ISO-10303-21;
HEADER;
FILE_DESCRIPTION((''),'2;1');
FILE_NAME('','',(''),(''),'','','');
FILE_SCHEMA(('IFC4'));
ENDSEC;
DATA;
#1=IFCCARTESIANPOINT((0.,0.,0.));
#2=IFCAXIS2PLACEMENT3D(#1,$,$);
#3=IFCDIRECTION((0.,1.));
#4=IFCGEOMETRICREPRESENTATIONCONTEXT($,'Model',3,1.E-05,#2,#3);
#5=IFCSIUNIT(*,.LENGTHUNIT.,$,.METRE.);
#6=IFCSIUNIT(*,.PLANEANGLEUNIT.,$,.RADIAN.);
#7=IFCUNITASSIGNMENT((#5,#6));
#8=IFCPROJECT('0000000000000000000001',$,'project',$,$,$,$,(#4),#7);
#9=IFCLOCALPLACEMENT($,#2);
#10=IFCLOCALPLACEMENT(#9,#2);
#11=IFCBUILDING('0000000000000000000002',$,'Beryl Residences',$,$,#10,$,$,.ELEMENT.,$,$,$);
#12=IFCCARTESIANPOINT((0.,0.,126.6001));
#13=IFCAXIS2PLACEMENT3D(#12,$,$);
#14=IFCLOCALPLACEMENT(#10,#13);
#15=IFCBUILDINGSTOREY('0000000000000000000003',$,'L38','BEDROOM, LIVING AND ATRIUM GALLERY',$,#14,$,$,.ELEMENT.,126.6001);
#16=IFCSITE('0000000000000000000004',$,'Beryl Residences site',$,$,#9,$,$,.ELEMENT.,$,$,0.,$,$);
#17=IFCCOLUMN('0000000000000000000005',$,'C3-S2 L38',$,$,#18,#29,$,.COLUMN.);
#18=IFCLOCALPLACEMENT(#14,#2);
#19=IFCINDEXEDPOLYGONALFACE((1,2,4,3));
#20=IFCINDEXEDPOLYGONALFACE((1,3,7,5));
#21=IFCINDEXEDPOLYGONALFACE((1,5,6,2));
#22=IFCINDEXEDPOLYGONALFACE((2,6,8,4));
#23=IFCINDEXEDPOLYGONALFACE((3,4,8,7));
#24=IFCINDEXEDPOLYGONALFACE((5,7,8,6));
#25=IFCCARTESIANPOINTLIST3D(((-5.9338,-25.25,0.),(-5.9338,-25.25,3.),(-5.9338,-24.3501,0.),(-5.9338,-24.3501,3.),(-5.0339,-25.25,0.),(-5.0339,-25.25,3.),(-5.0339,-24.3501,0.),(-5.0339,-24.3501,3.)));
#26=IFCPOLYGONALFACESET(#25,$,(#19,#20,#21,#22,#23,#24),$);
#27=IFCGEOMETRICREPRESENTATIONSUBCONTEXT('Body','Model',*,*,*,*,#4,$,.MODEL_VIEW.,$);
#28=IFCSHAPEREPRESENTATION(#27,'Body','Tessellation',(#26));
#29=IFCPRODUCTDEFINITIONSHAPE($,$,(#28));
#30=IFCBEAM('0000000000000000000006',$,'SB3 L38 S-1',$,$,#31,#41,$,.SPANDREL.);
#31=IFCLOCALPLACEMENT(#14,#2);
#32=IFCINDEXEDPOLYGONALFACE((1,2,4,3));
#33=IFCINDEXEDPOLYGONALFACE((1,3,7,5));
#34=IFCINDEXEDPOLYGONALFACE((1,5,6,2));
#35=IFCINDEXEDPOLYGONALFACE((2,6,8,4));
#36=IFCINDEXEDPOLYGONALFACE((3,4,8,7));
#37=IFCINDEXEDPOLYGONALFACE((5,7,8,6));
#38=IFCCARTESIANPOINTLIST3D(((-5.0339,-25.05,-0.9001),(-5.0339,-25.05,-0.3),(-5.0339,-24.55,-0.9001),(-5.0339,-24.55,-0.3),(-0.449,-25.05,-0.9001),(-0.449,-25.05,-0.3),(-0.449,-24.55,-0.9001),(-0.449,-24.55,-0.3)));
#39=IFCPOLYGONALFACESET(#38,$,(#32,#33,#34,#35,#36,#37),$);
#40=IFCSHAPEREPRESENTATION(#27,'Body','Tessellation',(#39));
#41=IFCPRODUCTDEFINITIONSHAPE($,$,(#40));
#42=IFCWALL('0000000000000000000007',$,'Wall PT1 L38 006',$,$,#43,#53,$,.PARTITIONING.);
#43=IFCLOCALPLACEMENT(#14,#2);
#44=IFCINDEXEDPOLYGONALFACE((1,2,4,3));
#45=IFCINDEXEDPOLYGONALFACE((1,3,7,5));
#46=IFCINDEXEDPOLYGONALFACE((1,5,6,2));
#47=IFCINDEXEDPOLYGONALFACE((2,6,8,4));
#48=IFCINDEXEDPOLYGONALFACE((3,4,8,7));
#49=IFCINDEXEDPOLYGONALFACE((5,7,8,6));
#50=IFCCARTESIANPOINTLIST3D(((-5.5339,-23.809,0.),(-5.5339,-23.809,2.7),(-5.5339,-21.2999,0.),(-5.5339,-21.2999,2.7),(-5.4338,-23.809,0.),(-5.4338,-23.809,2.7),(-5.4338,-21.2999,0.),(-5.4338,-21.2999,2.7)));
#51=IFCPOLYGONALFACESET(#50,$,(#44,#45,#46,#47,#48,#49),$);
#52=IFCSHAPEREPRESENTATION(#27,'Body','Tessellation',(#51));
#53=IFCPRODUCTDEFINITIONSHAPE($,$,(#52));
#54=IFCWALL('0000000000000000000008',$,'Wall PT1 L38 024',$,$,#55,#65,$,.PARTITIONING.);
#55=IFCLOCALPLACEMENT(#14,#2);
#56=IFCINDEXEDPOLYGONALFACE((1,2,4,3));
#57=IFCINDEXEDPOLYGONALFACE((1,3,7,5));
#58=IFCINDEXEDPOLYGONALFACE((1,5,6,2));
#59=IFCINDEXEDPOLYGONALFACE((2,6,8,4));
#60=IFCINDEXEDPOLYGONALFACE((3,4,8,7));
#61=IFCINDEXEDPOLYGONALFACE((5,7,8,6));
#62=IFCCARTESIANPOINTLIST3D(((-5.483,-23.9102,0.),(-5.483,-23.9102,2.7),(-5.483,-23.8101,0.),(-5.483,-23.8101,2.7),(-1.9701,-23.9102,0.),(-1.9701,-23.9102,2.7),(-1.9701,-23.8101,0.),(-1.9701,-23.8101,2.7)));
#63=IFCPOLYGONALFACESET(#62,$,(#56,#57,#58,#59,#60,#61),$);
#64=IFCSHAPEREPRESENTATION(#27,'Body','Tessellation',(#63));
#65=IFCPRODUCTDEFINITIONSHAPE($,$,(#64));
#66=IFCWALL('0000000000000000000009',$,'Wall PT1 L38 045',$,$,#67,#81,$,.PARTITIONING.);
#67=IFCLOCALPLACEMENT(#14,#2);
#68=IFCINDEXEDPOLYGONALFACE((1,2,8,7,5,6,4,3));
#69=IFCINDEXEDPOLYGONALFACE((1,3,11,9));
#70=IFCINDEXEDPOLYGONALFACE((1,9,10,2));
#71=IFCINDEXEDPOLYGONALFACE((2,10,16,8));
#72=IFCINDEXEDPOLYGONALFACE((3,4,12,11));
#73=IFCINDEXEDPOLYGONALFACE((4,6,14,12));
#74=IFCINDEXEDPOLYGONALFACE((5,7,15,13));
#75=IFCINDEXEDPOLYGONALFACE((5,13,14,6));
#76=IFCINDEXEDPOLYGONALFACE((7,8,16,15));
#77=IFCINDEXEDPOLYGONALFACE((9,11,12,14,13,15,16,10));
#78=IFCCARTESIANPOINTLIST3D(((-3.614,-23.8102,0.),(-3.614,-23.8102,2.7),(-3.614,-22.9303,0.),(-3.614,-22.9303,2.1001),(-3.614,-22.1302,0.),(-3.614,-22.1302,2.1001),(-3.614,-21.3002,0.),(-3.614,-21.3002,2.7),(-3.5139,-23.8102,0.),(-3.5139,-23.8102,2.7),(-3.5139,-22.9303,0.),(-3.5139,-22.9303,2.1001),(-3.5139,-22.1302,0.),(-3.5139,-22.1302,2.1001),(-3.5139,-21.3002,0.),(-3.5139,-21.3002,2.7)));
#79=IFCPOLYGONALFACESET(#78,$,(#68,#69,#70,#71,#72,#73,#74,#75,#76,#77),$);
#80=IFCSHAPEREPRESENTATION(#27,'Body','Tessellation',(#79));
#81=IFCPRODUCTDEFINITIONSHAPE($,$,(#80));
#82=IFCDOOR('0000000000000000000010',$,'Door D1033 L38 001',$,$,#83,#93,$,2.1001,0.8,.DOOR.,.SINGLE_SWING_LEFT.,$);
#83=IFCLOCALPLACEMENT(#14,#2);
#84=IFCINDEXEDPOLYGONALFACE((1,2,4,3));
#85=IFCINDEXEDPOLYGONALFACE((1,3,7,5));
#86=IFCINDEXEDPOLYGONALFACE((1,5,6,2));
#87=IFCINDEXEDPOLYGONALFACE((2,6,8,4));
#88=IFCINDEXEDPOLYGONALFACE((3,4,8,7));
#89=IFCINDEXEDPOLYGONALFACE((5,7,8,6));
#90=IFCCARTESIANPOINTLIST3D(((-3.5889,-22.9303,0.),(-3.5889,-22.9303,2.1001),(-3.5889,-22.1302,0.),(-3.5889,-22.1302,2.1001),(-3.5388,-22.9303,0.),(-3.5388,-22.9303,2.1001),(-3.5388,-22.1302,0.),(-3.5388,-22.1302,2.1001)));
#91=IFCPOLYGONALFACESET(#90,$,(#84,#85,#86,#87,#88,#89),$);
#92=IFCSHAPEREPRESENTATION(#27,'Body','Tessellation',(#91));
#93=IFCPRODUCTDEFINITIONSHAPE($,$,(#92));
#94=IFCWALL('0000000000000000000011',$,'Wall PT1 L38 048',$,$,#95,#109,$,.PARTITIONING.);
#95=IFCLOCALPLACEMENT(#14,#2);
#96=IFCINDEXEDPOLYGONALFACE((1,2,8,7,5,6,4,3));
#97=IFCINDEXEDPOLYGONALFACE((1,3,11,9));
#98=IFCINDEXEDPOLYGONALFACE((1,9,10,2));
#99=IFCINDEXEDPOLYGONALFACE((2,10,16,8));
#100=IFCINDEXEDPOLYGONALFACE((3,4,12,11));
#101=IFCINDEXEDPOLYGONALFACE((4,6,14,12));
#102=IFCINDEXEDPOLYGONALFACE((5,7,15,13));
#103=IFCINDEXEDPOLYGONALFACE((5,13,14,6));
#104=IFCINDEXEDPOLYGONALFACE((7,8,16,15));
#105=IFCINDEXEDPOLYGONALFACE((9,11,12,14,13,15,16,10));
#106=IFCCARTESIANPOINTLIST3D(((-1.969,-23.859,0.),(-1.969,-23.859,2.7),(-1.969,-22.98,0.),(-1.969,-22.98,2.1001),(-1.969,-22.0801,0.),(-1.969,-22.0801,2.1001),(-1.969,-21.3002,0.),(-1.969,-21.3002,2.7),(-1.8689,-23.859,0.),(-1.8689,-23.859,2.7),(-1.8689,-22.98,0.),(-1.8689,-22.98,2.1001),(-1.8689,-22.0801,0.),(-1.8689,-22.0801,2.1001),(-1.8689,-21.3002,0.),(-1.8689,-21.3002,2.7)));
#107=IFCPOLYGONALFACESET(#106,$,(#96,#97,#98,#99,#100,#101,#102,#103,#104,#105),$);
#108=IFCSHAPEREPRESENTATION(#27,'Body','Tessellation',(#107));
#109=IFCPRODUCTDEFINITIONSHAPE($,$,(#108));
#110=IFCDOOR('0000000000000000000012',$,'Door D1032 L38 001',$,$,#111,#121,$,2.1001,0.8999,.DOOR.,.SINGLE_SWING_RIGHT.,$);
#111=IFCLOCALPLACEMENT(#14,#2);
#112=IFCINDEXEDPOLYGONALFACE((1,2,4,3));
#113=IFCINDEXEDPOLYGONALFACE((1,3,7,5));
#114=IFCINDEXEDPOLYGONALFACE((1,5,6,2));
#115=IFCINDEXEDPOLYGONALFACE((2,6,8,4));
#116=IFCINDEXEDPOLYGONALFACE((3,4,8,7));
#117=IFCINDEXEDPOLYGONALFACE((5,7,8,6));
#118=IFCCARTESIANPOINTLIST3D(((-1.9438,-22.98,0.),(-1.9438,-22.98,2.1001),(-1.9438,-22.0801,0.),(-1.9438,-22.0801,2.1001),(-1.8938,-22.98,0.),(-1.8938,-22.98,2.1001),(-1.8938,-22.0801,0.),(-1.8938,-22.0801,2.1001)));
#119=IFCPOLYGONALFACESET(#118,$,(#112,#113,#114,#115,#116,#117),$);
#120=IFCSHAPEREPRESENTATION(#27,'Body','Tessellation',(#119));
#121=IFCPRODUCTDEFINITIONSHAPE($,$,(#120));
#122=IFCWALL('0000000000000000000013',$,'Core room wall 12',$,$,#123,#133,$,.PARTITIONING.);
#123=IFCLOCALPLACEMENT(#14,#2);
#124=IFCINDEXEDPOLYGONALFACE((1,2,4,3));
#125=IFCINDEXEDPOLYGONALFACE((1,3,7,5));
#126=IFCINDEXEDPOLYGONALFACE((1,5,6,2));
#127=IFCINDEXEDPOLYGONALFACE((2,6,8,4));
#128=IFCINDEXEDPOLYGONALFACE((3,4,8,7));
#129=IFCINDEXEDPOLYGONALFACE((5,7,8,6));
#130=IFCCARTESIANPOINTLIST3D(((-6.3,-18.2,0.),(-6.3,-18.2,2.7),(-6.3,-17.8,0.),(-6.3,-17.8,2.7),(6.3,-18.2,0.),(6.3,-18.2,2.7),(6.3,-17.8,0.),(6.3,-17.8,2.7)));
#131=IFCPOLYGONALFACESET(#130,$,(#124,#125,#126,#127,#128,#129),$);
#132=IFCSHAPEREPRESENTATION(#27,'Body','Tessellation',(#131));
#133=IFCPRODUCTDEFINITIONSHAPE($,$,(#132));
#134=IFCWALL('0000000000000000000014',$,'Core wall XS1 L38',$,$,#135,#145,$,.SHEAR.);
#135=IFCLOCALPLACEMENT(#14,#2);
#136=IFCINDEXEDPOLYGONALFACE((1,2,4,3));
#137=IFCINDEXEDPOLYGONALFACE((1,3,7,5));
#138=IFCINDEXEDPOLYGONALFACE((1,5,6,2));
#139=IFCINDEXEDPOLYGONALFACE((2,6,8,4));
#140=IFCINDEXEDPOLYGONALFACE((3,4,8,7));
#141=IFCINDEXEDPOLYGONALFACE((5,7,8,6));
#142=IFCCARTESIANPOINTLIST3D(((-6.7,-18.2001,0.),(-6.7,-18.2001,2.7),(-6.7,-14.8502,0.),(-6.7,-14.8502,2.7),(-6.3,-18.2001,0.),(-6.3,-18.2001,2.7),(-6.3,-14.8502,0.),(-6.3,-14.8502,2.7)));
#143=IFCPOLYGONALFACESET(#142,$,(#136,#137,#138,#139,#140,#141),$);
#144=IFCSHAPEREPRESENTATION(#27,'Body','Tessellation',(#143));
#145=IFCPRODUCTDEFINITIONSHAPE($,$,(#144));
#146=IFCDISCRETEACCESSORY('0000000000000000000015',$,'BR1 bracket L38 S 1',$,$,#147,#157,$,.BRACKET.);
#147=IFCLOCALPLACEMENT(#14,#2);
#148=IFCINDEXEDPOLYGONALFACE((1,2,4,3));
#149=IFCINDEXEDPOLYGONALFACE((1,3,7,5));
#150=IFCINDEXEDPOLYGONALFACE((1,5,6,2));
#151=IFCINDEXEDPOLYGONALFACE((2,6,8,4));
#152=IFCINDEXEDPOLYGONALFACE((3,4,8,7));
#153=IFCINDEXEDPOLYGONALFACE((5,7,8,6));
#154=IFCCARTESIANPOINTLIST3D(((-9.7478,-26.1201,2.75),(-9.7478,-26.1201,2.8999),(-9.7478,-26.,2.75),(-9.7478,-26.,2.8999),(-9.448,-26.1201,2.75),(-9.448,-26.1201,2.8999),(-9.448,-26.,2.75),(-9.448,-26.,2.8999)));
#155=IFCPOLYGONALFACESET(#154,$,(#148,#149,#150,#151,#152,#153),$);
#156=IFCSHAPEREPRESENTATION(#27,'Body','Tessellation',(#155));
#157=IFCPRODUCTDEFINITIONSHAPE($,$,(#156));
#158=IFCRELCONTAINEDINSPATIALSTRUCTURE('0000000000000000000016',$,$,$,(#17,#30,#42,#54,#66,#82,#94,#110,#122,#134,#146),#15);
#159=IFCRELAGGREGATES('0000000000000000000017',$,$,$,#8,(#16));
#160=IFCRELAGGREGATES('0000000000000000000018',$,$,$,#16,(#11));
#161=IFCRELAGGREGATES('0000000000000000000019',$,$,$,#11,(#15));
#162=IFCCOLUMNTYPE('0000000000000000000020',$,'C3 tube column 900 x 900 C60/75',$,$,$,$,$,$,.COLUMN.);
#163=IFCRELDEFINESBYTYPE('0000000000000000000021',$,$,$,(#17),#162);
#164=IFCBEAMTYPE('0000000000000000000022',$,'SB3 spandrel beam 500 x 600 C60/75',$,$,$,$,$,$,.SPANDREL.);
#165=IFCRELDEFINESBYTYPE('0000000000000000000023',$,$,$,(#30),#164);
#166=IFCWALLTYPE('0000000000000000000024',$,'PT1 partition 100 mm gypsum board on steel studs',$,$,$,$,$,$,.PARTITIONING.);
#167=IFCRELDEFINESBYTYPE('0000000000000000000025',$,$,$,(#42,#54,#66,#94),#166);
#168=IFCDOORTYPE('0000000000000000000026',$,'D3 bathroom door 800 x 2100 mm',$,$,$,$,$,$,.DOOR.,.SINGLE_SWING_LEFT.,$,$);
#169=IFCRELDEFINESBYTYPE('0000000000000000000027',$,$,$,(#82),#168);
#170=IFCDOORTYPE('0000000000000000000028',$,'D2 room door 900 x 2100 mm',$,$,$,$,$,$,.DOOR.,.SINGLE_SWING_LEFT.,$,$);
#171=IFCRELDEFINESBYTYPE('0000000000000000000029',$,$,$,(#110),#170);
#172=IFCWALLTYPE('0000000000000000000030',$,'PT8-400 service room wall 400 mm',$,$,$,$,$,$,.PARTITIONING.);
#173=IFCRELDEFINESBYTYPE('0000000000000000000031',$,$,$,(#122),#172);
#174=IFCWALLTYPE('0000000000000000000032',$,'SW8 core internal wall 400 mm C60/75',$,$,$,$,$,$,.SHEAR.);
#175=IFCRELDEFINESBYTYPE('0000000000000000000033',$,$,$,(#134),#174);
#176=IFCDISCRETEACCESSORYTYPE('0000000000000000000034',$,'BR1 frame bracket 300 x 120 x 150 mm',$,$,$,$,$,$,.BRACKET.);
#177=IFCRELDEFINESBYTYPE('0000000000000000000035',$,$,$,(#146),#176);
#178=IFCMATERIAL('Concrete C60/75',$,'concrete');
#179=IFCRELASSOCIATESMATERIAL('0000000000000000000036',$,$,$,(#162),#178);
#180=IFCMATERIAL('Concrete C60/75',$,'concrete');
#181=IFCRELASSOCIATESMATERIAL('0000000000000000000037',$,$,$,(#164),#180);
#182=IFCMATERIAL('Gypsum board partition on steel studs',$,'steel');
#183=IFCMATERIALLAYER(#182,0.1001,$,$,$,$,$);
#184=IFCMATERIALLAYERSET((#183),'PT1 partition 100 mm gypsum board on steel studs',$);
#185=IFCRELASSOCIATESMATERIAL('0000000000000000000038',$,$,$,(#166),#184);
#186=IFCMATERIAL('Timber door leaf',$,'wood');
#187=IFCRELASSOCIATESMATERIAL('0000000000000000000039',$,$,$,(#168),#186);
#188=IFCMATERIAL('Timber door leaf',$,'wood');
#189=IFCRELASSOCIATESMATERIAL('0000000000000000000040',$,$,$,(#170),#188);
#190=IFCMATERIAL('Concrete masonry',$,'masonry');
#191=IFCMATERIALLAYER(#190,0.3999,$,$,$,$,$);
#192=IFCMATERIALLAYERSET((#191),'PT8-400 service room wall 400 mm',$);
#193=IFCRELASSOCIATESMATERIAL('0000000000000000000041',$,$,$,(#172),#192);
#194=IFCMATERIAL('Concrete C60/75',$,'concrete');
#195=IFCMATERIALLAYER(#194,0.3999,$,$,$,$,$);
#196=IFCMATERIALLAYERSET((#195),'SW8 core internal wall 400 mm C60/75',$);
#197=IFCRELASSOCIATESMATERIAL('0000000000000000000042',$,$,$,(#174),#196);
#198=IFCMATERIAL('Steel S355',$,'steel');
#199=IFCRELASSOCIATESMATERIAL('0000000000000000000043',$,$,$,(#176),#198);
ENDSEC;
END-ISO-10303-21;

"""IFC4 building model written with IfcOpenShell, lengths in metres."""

from ifc_helpers import new_model, si_unit, direction, frame, frame_2d, origin, origin_2d, place, context, subcontext, project, spatial, polyline, rectangle, outline, extrude, source, transform, mapped, material, layer, layer_set, material_profile, profile_set, type_object, type_shapes, element, fill, save


model = new_model("IFC4")

# Units and contexts
model_context = context("Model", 3, precision=1e-05, world=origin(), true_north=direction((0.0, 1.0)))
body_context = subcontext(model_context, "Body", "Model", "MODEL_VIEW")
ifc_project = project(units=[si_unit("LENGTHUNIT", "METRE"), si_unit("PLANEANGLEUNIT", "RADIAN")], contexts=[model_context])

# Site, building, storey
site_placement = place(None, origin())
site = spatial("IfcSite", under=ifc_project, at=site_placement, Name="Beryl Residences site", CompositionType="ELEMENT", RefElevation=0.0)
building_placement = place(site_placement, origin())
building = spatial("IfcBuilding", under=site, at=building_placement, Name="Beryl Residences", CompositionType="ELEMENT")
storey_placement = place(building_placement, frame((0.0, 0.0, 126.6001)))
storey = spatial("IfcBuildingStorey", under=building, at=storey_placement, Name="L38", Description="BEDROOM, LIVING AND ATRIUM GALLERY", CompositionType="ELEMENT", Elevation=126.6001)

# Column
ifc_material_1 = material(Name="Concrete C60/75", Category="concrete")
ifc_material_profile_1 = material_profile(ifc_material_1, rectangle(XDim=0.8999, YDim=0.8999, at=origin_2d()))
ifc_profile_set_1 = profile_set([ifc_material_profile_1], Name="Concrete C60/75")
column_type = type_object("IfcColumnType", Name="C3 tube column 900 x 900 C60/75", PredefinedType="COLUMN", material=ifc_profile_set_1)
column_placement = place(storey_placement, frame((-5.4839, -24.8, 0.0), z_axis=(0.0, 0.0, 1.0), x_axis=(1.0, 0.0, 0.0)))
element("IfcColumn", 1, at=column_placement, inside=storey, type_object=column_type, Name="C3-S2 L38", PredefinedType="COLUMN", context=body_context, shape_type="SweptSolid", body=[
    extrude(rectangle(XDim=0.8999, YDim=0.8999, at=origin_2d()), origin(), (0.0, 0.0, 1.0), 3.0),
])

# Beam
ifc_material_2 = material(Name="Concrete C60/75", Category="concrete")
ifc_material_profile_2 = material_profile(ifc_material_2, rectangle(XDim=0.5, YDim=0.6001, at=origin_2d()))
ifc_profile_set_2 = profile_set([ifc_material_profile_2], Name="Concrete C60/75")
beam_type = type_object("IfcBeamType", Name="SB3 spandrel beam 500 x 600 C60/75", PredefinedType="SPANDREL", material=ifc_profile_set_2)
beam_placement = place(storey_placement, frame((-5.0339, -24.8, -0.6001), z_axis=(1.0, 0.0, 0.0), x_axis=(0.0, 1.0, 0.0)))
element("IfcBeam", 2, at=beam_placement, inside=storey, type_object=beam_type, Name="SB3 L38 S-1", PredefinedType="SPANDREL", context=body_context, shape_type="SweptSolid", body=[
    extrude(rectangle(XDim=0.5, YDim=0.6001, at=origin_2d()), origin(), (0.0, 0.0, 1.0), 4.585),
])

# Walls
ifc_material_3 = material(Name="Gypsum board partition on steel studs", Category="steel")
ifc_layer_1 = layer(ifc_material_3, 0.1001)
ifc_layer_set_1 = layer_set([ifc_layer_1], Name="PT1 partition 100 mm gypsum board on steel studs")
wall_type_1 = type_object("IfcWallType", Name="PT1 partition 100 mm gypsum board on steel studs", PredefinedType="PARTITIONING", material=ifc_layer_set_1)
wall_1_placement = place(storey_placement, frame((-5.4839, -21.3, 0.0), z_axis=(0.0, 0.0, 1.0), x_axis=(0.0, -1.0, 0.0)))
element("IfcWall", 3, at=wall_1_placement, inside=storey, type_object=wall_type_1, Name="Wall PT1 L38 006", PredefinedType="PARTITIONING", context=body_context, shape_type="SweptSolid", body=[
    extrude(rectangle(XDim=2.509, YDim=0.1001, at=frame_2d((1.2544, 0.0))), origin(), (0.0, 0.0, 1.0), 2.7),
])
wall_2_placement = place(storey_placement, frame((-5.4829, -23.8601, 0.0), z_axis=(0.0, 0.0, 1.0), x_axis=(1.0, 0.0, 0.0)))
element("IfcWall", 4, at=wall_2_placement, inside=storey, type_object=wall_type_1, Name="Wall PT1 L38 024", PredefinedType="PARTITIONING", context=body_context, shape_type="SweptSolid", body=[
    extrude(rectangle(XDim=3.5129, YDim=0.1001, at=frame_2d((1.7563, 0.0))), origin(), (0.0, 0.0, 1.0), 2.7),
])

# Walls, openings, doors
wall_3_placement = place(storey_placement, frame((-3.564, -23.8101, 0.0), z_axis=(0.0, 0.0, 1.0), x_axis=(0.0, 1.0, 0.0)))
wall_3 = element("IfcWall", 5, at=wall_3_placement, inside=storey, type_object=wall_type_1, Name="Wall PT1 L38 045", PredefinedType="PARTITIONING", context=body_context, shape_type="SweptSolid", body=[
    extrude(rectangle(XDim=2.51, YDim=0.1001, at=frame_2d((1.2549, 0.0))), origin(), (0.0, 0.0, 1.0), 2.7),
])
opening_1_placement = place(wall_3_placement, frame((0.8799, 0.0, 0.0)))
opening_1 = element("IfcOpeningElement", 6, at=opening_1_placement, cuts=wall_3, PredefinedType="OPENING", context=body_context, shape_type="SweptSolid", body=[
    extrude(rectangle(XDim=0.8, YDim=2.1001, at=frame_2d((0.3999, 1.05))), frame((0.0, 0.0601, 0.0), z_axis=(0.0, -1.0, 0.0), x_axis=(1.0, 0.0, 0.0)), (0.0, 0.0, 1.0), 0.1201),
])
ifc_material_4 = material(Name="Timber door leaf", Category="wood")
door_type_1 = type_object("IfcDoorType", Name="D3 bathroom door 800 x 2100 mm", OperationType="SINGLE_SWING_LEFT", PredefinedType="DOOR", material=ifc_material_4)
door_1_placement = place(opening_1_placement, origin())
door_1 = element("IfcDoor", 7, at=door_1_placement, inside=storey, type_object=door_type_1, Name="Door D1033 L38 001", OperationType="SINGLE_SWING_LEFT", OverallHeight=2.1001, OverallWidth=0.8, PredefinedType="DOOR", context=body_context, shape_type="SweptSolid", body=[
    extrude(rectangle(XDim=0.8, YDim=2.1001, at=frame_2d((0.3999, 1.05))), frame((0.0, 0.0249, 0.0), z_axis=(0.0, -1.0, 0.0), x_axis=(1.0, 0.0, 0.0)), (0.0, 0.0, 1.0), 0.05),
])
fill(opening_1, door_1)
wall_4_placement = place(storey_placement, frame((-1.9189, -23.8589, 0.0), z_axis=(0.0, 0.0, 1.0), x_axis=(0.0, 1.0, 0.0)))
wall_4 = element("IfcWall", 8, at=wall_4_placement, inside=storey, type_object=wall_type_1, Name="Wall PT1 L38 048", PredefinedType="PARTITIONING", context=body_context, shape_type="SweptSolid", body=[
    extrude(rectangle(XDim=2.5588, YDim=0.1001, at=frame_2d((1.2793, 0.0))), origin(), (0.0, 0.0, 1.0), 2.7),
])
opening_2_placement = place(wall_4_placement, frame((0.8789, 0.0, 0.0)))
opening_2 = element("IfcOpeningElement", 9, at=opening_2_placement, cuts=wall_4, PredefinedType="OPENING", context=body_context, shape_type="SweptSolid", body=[
    extrude(rectangle(XDim=0.8999, YDim=2.1001, at=frame_2d((0.45, 1.05))), frame((0.0, 0.0601, 0.0), z_axis=(0.0, -1.0, 0.0), x_axis=(1.0, 0.0, 0.0)), (0.0, 0.0, 1.0), 0.1201),
])
ifc_material_5 = material(Name="Timber door leaf", Category="wood")
door_type_2 = type_object("IfcDoorType", Name="D2 room door 900 x 2100 mm", OperationType="SINGLE_SWING_LEFT", PredefinedType="DOOR", material=ifc_material_5)
door_2_placement = place(opening_2_placement, origin())
door_2 = element("IfcDoor", 10, at=door_2_placement, inside=storey, type_object=door_type_2, Name="Door D1032 L38 001", OperationType="SINGLE_SWING_RIGHT", OverallHeight=2.1001, OverallWidth=0.8999, PredefinedType="DOOR", context=body_context, shape_type="SweptSolid", body=[
    extrude(rectangle(XDim=0.8999, YDim=2.1001, at=frame_2d((0.45, 1.05))), frame((0.0, 0.0249, 0.0), z_axis=(0.0, -1.0, 0.0), x_axis=(1.0, 0.0, 0.0)), (0.0, 0.0, 1.0), 0.05),
])
fill(opening_2, door_2)

# Walls
ifc_material_6 = material(Name="Concrete masonry", Category="masonry")
ifc_layer_2 = layer(ifc_material_6, 0.3999)
ifc_layer_set_2 = layer_set([ifc_layer_2], Name="PT8-400 service room wall 400 mm")
wall_type_2 = type_object("IfcWallType", Name="PT8-400 service room wall 400 mm", PredefinedType="PARTITIONING", material=ifc_layer_set_2)
wall_5_placement = place(storey_placement, frame((-6.3, -18.0, 0.0), z_axis=(0.0, 0.0, 1.0), x_axis=(1.0, 0.0, 0.0)))
element("IfcWall", 11, at=wall_5_placement, inside=storey, type_object=wall_type_2, Name="Core room wall 12", PredefinedType="PARTITIONING", context=body_context, shape_type="SweptSolid", body=[
    extrude(rectangle(XDim=12.6001, YDim=0.3999, at=frame_2d((6.3, 0.0))), origin(), (0.0, 0.0, 1.0), 2.7),
])
ifc_material_7 = material(Name="Concrete C60/75", Category="concrete")
ifc_layer_3 = layer(ifc_material_7, 0.3999)
ifc_layer_set_3 = layer_set([ifc_layer_3], Name="SW8 core internal wall 400 mm C60/75")
wall_type_3 = type_object("IfcWallType", Name="SW8 core internal wall 400 mm C60/75", PredefinedType="SHEAR", material=ifc_layer_set_3)
wall_6_placement = place(storey_placement, frame((-6.5, -18.2, 0.0), z_axis=(0.0, 0.0, 1.0), x_axis=(0.0, 1.0, 0.0)))
element("IfcWall", 12, at=wall_6_placement, inside=storey, type_object=wall_type_3, Name="Core wall XS1 L38", PredefinedType="SHEAR", context=body_context, shape_type="SweptSolid", body=[
    extrude(rectangle(XDim=3.3499, YDim=0.3999, at=frame_2d((1.6748, 0.0))), origin(), (0.0, 0.0, 1.0), 2.7),
])

# Discrete accessory
ifc_material_8 = material(Name="Steel S355", Category="steel")
discrete_accessory_type = type_object("IfcDiscreteAccessoryType", Name="BR1 frame bracket 300 x 120 x 150 mm", PredefinedType="BRACKET", material=ifc_material_8)
shared_shape_1 = source(origin(), body_context, "Body", "SweptSolid", [
    extrude(outline(polyline([(-0.1499, 0.0), (0.1499, 0.0), (0.1499, 0.1201), (-0.1499, 0.1201), (-0.1499, 0.0)])), origin(), (0.0, 0.0, 1.0), 0.1499),
])
type_shapes(discrete_accessory_type, [shared_shape_1])
discrete_accessory_placement = place(storey_placement, frame((-9.5979, -26.0, 2.75), z_axis=(0.0, 0.0, 1.0), x_axis=(-1.0, 0.0, 0.0)))
element("IfcDiscreteAccessory", 13, at=discrete_accessory_placement, inside=storey, type_object=discrete_accessory_type, Name="BR1 bracket L38 S 1", PredefinedType="BRACKET", context=body_context, shape_type="MappedRepresentation", body=[
    mapped(shared_shape_1, transform((0.0, 0.0, 0.0))),
])

save(model, "model.ifc")
